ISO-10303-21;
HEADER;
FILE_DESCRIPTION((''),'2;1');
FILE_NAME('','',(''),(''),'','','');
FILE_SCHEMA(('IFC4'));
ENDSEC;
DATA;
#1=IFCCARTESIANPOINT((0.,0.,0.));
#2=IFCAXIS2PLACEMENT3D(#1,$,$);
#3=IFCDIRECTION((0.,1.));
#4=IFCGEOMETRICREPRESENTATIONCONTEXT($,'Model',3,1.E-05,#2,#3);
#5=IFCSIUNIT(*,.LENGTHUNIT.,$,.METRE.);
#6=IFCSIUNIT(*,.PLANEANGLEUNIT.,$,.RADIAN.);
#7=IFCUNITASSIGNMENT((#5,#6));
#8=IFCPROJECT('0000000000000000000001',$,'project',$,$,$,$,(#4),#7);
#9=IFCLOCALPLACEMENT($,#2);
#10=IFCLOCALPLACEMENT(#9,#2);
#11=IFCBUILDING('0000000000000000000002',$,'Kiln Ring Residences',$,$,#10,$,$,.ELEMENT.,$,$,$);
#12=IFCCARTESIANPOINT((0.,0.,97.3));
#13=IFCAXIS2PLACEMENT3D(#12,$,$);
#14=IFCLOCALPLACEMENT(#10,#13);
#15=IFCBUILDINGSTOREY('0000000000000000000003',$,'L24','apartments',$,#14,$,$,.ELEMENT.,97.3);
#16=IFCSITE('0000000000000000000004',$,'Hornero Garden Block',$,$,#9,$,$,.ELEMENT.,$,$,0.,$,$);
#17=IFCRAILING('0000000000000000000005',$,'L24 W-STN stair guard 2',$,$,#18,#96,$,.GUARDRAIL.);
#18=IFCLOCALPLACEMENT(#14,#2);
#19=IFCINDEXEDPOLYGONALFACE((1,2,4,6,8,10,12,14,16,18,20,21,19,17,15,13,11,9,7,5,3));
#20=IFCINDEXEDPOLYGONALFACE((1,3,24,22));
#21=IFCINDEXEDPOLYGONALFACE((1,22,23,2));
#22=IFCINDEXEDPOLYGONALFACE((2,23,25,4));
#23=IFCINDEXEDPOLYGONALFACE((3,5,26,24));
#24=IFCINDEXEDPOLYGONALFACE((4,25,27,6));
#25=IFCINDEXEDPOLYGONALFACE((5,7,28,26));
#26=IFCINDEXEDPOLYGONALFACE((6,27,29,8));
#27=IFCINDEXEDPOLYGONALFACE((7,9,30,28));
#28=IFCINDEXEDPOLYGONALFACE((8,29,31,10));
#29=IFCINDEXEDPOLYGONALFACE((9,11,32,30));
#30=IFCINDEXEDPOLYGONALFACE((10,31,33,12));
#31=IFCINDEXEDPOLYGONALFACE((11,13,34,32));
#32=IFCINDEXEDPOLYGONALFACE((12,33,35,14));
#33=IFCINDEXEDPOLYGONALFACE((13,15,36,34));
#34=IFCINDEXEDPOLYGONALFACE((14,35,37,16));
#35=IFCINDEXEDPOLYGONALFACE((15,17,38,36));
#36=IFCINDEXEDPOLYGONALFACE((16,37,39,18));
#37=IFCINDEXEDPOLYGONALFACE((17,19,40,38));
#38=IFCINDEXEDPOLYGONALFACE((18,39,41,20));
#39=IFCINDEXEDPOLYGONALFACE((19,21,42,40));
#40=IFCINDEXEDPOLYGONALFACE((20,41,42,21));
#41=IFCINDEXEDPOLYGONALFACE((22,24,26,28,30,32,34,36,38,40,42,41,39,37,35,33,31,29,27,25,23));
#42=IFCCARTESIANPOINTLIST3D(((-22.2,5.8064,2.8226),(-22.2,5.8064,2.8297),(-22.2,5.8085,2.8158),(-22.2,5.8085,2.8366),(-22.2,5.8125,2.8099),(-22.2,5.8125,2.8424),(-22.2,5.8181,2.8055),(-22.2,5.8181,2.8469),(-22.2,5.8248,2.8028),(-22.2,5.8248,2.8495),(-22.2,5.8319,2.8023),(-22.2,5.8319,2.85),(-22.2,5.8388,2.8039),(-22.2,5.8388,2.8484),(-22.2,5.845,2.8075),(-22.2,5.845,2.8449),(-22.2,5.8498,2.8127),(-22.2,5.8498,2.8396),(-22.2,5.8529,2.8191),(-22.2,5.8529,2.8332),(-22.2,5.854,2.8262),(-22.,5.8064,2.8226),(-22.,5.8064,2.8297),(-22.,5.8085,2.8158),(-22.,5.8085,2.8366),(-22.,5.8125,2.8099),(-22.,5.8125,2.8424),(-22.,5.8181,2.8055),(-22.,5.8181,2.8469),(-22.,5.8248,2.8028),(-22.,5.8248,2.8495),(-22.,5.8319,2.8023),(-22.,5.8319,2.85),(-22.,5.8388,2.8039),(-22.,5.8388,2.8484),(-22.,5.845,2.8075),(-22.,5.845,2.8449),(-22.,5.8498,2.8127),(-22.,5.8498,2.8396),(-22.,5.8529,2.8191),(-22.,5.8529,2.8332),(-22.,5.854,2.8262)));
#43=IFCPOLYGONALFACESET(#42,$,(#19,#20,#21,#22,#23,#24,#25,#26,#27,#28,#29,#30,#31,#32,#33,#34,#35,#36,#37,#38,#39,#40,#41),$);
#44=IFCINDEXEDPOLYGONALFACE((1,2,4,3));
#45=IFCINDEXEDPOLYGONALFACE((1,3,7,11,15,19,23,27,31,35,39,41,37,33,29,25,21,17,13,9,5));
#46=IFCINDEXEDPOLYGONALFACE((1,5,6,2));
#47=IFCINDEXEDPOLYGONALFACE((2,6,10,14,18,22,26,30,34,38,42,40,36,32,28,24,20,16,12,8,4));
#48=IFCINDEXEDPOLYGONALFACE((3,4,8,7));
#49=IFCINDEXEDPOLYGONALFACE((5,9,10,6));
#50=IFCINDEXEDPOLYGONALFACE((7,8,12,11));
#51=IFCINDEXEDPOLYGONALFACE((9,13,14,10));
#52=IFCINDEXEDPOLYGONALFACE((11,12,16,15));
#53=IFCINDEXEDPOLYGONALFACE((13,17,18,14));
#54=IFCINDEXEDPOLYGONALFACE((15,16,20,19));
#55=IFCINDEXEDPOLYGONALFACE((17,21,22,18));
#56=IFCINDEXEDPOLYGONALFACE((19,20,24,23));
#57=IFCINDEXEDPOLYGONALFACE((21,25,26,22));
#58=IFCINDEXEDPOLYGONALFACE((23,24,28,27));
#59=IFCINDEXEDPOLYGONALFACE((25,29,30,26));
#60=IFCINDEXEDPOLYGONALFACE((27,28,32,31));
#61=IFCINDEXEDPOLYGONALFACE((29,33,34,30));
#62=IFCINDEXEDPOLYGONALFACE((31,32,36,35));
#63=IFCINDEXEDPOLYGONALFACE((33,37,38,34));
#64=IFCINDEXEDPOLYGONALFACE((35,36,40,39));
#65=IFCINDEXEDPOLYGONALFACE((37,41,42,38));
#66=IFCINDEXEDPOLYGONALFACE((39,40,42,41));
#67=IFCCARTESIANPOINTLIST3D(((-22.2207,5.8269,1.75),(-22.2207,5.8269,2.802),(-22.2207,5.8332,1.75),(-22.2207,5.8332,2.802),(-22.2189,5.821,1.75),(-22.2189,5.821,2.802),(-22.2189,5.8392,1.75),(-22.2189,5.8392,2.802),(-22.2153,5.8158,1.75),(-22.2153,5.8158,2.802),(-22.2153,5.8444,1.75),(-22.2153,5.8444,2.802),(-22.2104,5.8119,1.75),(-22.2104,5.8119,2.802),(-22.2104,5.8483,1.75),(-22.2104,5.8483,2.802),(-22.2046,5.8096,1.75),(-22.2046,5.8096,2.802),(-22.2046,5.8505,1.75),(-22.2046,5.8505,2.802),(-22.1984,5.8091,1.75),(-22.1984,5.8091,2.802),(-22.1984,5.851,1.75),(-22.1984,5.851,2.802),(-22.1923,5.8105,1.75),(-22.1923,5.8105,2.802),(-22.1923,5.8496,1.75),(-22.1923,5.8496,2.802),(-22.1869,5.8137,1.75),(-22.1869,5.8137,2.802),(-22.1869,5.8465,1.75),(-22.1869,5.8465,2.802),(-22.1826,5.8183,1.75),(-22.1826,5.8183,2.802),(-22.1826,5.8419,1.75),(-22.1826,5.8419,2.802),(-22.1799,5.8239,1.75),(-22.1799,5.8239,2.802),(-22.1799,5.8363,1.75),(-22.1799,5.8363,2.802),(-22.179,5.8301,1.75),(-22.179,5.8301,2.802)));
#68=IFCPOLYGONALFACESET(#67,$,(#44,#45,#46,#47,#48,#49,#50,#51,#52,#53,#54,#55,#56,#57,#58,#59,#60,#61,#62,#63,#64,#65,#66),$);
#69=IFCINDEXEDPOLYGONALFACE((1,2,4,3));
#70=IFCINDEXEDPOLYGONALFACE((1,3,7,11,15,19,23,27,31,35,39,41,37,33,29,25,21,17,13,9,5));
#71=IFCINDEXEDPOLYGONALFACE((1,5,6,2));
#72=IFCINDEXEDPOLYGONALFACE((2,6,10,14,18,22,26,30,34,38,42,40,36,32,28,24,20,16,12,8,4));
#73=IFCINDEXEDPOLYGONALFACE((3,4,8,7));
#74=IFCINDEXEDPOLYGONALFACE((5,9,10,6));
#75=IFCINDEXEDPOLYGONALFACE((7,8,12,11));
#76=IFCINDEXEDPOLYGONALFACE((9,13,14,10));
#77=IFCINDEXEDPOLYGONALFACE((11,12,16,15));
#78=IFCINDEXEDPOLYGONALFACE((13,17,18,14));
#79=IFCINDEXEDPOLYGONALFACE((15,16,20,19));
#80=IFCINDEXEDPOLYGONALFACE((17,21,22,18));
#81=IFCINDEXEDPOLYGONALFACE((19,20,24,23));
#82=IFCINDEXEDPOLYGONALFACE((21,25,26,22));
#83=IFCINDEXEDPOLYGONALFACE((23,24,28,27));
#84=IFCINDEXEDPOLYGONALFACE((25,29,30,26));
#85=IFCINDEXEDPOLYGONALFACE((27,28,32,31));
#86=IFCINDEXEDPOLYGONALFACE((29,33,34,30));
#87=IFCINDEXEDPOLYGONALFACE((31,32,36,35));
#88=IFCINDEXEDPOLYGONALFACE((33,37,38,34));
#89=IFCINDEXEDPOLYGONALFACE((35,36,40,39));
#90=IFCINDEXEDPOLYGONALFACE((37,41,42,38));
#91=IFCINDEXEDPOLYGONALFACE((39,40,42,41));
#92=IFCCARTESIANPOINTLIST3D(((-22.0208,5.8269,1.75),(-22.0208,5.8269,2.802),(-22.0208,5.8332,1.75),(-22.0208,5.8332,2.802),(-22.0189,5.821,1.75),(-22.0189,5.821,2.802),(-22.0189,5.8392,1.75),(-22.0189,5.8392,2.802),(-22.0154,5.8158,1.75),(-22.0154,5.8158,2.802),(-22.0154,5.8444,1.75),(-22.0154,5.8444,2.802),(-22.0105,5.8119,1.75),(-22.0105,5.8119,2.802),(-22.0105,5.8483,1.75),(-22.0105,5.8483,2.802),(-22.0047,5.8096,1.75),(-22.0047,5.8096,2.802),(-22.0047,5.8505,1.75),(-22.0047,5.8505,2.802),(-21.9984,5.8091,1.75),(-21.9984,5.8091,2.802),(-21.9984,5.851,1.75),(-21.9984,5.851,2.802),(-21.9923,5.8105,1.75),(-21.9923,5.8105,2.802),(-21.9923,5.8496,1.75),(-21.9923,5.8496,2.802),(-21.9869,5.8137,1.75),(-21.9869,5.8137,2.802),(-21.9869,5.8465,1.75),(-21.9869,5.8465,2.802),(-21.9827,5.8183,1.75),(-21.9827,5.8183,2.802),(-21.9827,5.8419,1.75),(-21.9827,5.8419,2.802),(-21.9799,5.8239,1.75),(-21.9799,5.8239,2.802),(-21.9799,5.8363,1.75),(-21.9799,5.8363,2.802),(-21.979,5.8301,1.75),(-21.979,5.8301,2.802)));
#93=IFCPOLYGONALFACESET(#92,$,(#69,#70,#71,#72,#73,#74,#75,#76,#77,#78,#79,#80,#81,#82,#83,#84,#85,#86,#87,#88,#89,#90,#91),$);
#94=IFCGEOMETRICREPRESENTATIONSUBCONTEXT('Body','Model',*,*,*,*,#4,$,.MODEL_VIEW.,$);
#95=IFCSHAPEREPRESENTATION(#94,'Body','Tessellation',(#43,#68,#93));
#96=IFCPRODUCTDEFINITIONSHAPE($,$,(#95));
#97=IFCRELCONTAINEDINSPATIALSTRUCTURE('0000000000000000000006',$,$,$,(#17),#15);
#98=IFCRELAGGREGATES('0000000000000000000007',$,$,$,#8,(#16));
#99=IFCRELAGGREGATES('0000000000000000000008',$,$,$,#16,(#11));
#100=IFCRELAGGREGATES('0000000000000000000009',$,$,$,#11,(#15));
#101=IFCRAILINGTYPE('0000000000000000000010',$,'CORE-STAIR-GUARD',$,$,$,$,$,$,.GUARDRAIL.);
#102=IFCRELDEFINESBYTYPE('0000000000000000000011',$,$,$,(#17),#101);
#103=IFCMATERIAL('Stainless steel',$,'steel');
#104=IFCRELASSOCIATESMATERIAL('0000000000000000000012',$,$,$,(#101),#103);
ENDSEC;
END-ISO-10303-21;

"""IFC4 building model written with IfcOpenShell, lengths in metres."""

from ifc_helpers import new_model, si_unit, direction, frame, origin, origin_2d, place, context, subcontext, project, spatial, circle, extrude, material, type_object, element, save


model = new_model("IFC4")

# Units and contexts
model_context = context("Model", 3, precision=1e-05, world=origin(), true_north=direction((0.0, 1.0)))
body_context = subcontext(model_context, "Body", "Model", "MODEL_VIEW")
ifc_project = project(units=[si_unit("LENGTHUNIT", "METRE"), si_unit("PLANEANGLEUNIT", "RADIAN")], contexts=[model_context])

# Site, building, storey
site_placement = place(None, origin())
site = spatial("IfcSite", under=ifc_project, at=site_placement, Name="Hornero Garden Block", CompositionType="ELEMENT", RefElevation=0.0)
building_placement = place(site_placement, origin())
building = spatial("IfcBuilding", under=site, at=building_placement, Name="Kiln Ring Residences", CompositionType="ELEMENT")
storey_placement = place(building_placement, frame((0.0, 0.0, 97.3)))
storey = spatial("IfcBuildingStorey", under=building, at=storey_placement, Name="L24", Description="apartments", CompositionType="ELEMENT", Elevation=97.3)

# Railing
ifc_material_1 = material(Name="Stainless steel", Category="steel")
railing_type_1 = type_object("IfcRailingType", Name="CORE-STAIR-GUARD", PredefinedType="GUARDRAIL", material=ifc_material_1)
railing_1_placement = place(storey_placement, frame((-22.2, 5.8301, 1.75)))
element("IfcRailing", 1, at=railing_1_placement, inside=storey, type_object=railing_type_1, Name="L24 W-STN stair guard 2", PredefinedType="GUARDRAIL", context=body_context, shape_type="SweptSolid", body=[
    extrude(circle(Radius=0.0239, at=origin_2d()), frame((0.0, 0.0, 1.0762), z_axis=(1.0, 0.0, 0.0), x_axis=(0.0, 1.0, 0.0)), (0.0, 0.0, 1.0), 0.2),
    extrude(circle(Radius=0.021, at=origin_2d()), origin(), (0.0, 0.0, 1.0), 1.052),
    extrude(circle(Radius=0.021, at=origin_2d()), frame((0.2, 0.0, 0.0)), (0.0, 0.0, 1.0), 1.052),
])

save(model, "model.ifc")
